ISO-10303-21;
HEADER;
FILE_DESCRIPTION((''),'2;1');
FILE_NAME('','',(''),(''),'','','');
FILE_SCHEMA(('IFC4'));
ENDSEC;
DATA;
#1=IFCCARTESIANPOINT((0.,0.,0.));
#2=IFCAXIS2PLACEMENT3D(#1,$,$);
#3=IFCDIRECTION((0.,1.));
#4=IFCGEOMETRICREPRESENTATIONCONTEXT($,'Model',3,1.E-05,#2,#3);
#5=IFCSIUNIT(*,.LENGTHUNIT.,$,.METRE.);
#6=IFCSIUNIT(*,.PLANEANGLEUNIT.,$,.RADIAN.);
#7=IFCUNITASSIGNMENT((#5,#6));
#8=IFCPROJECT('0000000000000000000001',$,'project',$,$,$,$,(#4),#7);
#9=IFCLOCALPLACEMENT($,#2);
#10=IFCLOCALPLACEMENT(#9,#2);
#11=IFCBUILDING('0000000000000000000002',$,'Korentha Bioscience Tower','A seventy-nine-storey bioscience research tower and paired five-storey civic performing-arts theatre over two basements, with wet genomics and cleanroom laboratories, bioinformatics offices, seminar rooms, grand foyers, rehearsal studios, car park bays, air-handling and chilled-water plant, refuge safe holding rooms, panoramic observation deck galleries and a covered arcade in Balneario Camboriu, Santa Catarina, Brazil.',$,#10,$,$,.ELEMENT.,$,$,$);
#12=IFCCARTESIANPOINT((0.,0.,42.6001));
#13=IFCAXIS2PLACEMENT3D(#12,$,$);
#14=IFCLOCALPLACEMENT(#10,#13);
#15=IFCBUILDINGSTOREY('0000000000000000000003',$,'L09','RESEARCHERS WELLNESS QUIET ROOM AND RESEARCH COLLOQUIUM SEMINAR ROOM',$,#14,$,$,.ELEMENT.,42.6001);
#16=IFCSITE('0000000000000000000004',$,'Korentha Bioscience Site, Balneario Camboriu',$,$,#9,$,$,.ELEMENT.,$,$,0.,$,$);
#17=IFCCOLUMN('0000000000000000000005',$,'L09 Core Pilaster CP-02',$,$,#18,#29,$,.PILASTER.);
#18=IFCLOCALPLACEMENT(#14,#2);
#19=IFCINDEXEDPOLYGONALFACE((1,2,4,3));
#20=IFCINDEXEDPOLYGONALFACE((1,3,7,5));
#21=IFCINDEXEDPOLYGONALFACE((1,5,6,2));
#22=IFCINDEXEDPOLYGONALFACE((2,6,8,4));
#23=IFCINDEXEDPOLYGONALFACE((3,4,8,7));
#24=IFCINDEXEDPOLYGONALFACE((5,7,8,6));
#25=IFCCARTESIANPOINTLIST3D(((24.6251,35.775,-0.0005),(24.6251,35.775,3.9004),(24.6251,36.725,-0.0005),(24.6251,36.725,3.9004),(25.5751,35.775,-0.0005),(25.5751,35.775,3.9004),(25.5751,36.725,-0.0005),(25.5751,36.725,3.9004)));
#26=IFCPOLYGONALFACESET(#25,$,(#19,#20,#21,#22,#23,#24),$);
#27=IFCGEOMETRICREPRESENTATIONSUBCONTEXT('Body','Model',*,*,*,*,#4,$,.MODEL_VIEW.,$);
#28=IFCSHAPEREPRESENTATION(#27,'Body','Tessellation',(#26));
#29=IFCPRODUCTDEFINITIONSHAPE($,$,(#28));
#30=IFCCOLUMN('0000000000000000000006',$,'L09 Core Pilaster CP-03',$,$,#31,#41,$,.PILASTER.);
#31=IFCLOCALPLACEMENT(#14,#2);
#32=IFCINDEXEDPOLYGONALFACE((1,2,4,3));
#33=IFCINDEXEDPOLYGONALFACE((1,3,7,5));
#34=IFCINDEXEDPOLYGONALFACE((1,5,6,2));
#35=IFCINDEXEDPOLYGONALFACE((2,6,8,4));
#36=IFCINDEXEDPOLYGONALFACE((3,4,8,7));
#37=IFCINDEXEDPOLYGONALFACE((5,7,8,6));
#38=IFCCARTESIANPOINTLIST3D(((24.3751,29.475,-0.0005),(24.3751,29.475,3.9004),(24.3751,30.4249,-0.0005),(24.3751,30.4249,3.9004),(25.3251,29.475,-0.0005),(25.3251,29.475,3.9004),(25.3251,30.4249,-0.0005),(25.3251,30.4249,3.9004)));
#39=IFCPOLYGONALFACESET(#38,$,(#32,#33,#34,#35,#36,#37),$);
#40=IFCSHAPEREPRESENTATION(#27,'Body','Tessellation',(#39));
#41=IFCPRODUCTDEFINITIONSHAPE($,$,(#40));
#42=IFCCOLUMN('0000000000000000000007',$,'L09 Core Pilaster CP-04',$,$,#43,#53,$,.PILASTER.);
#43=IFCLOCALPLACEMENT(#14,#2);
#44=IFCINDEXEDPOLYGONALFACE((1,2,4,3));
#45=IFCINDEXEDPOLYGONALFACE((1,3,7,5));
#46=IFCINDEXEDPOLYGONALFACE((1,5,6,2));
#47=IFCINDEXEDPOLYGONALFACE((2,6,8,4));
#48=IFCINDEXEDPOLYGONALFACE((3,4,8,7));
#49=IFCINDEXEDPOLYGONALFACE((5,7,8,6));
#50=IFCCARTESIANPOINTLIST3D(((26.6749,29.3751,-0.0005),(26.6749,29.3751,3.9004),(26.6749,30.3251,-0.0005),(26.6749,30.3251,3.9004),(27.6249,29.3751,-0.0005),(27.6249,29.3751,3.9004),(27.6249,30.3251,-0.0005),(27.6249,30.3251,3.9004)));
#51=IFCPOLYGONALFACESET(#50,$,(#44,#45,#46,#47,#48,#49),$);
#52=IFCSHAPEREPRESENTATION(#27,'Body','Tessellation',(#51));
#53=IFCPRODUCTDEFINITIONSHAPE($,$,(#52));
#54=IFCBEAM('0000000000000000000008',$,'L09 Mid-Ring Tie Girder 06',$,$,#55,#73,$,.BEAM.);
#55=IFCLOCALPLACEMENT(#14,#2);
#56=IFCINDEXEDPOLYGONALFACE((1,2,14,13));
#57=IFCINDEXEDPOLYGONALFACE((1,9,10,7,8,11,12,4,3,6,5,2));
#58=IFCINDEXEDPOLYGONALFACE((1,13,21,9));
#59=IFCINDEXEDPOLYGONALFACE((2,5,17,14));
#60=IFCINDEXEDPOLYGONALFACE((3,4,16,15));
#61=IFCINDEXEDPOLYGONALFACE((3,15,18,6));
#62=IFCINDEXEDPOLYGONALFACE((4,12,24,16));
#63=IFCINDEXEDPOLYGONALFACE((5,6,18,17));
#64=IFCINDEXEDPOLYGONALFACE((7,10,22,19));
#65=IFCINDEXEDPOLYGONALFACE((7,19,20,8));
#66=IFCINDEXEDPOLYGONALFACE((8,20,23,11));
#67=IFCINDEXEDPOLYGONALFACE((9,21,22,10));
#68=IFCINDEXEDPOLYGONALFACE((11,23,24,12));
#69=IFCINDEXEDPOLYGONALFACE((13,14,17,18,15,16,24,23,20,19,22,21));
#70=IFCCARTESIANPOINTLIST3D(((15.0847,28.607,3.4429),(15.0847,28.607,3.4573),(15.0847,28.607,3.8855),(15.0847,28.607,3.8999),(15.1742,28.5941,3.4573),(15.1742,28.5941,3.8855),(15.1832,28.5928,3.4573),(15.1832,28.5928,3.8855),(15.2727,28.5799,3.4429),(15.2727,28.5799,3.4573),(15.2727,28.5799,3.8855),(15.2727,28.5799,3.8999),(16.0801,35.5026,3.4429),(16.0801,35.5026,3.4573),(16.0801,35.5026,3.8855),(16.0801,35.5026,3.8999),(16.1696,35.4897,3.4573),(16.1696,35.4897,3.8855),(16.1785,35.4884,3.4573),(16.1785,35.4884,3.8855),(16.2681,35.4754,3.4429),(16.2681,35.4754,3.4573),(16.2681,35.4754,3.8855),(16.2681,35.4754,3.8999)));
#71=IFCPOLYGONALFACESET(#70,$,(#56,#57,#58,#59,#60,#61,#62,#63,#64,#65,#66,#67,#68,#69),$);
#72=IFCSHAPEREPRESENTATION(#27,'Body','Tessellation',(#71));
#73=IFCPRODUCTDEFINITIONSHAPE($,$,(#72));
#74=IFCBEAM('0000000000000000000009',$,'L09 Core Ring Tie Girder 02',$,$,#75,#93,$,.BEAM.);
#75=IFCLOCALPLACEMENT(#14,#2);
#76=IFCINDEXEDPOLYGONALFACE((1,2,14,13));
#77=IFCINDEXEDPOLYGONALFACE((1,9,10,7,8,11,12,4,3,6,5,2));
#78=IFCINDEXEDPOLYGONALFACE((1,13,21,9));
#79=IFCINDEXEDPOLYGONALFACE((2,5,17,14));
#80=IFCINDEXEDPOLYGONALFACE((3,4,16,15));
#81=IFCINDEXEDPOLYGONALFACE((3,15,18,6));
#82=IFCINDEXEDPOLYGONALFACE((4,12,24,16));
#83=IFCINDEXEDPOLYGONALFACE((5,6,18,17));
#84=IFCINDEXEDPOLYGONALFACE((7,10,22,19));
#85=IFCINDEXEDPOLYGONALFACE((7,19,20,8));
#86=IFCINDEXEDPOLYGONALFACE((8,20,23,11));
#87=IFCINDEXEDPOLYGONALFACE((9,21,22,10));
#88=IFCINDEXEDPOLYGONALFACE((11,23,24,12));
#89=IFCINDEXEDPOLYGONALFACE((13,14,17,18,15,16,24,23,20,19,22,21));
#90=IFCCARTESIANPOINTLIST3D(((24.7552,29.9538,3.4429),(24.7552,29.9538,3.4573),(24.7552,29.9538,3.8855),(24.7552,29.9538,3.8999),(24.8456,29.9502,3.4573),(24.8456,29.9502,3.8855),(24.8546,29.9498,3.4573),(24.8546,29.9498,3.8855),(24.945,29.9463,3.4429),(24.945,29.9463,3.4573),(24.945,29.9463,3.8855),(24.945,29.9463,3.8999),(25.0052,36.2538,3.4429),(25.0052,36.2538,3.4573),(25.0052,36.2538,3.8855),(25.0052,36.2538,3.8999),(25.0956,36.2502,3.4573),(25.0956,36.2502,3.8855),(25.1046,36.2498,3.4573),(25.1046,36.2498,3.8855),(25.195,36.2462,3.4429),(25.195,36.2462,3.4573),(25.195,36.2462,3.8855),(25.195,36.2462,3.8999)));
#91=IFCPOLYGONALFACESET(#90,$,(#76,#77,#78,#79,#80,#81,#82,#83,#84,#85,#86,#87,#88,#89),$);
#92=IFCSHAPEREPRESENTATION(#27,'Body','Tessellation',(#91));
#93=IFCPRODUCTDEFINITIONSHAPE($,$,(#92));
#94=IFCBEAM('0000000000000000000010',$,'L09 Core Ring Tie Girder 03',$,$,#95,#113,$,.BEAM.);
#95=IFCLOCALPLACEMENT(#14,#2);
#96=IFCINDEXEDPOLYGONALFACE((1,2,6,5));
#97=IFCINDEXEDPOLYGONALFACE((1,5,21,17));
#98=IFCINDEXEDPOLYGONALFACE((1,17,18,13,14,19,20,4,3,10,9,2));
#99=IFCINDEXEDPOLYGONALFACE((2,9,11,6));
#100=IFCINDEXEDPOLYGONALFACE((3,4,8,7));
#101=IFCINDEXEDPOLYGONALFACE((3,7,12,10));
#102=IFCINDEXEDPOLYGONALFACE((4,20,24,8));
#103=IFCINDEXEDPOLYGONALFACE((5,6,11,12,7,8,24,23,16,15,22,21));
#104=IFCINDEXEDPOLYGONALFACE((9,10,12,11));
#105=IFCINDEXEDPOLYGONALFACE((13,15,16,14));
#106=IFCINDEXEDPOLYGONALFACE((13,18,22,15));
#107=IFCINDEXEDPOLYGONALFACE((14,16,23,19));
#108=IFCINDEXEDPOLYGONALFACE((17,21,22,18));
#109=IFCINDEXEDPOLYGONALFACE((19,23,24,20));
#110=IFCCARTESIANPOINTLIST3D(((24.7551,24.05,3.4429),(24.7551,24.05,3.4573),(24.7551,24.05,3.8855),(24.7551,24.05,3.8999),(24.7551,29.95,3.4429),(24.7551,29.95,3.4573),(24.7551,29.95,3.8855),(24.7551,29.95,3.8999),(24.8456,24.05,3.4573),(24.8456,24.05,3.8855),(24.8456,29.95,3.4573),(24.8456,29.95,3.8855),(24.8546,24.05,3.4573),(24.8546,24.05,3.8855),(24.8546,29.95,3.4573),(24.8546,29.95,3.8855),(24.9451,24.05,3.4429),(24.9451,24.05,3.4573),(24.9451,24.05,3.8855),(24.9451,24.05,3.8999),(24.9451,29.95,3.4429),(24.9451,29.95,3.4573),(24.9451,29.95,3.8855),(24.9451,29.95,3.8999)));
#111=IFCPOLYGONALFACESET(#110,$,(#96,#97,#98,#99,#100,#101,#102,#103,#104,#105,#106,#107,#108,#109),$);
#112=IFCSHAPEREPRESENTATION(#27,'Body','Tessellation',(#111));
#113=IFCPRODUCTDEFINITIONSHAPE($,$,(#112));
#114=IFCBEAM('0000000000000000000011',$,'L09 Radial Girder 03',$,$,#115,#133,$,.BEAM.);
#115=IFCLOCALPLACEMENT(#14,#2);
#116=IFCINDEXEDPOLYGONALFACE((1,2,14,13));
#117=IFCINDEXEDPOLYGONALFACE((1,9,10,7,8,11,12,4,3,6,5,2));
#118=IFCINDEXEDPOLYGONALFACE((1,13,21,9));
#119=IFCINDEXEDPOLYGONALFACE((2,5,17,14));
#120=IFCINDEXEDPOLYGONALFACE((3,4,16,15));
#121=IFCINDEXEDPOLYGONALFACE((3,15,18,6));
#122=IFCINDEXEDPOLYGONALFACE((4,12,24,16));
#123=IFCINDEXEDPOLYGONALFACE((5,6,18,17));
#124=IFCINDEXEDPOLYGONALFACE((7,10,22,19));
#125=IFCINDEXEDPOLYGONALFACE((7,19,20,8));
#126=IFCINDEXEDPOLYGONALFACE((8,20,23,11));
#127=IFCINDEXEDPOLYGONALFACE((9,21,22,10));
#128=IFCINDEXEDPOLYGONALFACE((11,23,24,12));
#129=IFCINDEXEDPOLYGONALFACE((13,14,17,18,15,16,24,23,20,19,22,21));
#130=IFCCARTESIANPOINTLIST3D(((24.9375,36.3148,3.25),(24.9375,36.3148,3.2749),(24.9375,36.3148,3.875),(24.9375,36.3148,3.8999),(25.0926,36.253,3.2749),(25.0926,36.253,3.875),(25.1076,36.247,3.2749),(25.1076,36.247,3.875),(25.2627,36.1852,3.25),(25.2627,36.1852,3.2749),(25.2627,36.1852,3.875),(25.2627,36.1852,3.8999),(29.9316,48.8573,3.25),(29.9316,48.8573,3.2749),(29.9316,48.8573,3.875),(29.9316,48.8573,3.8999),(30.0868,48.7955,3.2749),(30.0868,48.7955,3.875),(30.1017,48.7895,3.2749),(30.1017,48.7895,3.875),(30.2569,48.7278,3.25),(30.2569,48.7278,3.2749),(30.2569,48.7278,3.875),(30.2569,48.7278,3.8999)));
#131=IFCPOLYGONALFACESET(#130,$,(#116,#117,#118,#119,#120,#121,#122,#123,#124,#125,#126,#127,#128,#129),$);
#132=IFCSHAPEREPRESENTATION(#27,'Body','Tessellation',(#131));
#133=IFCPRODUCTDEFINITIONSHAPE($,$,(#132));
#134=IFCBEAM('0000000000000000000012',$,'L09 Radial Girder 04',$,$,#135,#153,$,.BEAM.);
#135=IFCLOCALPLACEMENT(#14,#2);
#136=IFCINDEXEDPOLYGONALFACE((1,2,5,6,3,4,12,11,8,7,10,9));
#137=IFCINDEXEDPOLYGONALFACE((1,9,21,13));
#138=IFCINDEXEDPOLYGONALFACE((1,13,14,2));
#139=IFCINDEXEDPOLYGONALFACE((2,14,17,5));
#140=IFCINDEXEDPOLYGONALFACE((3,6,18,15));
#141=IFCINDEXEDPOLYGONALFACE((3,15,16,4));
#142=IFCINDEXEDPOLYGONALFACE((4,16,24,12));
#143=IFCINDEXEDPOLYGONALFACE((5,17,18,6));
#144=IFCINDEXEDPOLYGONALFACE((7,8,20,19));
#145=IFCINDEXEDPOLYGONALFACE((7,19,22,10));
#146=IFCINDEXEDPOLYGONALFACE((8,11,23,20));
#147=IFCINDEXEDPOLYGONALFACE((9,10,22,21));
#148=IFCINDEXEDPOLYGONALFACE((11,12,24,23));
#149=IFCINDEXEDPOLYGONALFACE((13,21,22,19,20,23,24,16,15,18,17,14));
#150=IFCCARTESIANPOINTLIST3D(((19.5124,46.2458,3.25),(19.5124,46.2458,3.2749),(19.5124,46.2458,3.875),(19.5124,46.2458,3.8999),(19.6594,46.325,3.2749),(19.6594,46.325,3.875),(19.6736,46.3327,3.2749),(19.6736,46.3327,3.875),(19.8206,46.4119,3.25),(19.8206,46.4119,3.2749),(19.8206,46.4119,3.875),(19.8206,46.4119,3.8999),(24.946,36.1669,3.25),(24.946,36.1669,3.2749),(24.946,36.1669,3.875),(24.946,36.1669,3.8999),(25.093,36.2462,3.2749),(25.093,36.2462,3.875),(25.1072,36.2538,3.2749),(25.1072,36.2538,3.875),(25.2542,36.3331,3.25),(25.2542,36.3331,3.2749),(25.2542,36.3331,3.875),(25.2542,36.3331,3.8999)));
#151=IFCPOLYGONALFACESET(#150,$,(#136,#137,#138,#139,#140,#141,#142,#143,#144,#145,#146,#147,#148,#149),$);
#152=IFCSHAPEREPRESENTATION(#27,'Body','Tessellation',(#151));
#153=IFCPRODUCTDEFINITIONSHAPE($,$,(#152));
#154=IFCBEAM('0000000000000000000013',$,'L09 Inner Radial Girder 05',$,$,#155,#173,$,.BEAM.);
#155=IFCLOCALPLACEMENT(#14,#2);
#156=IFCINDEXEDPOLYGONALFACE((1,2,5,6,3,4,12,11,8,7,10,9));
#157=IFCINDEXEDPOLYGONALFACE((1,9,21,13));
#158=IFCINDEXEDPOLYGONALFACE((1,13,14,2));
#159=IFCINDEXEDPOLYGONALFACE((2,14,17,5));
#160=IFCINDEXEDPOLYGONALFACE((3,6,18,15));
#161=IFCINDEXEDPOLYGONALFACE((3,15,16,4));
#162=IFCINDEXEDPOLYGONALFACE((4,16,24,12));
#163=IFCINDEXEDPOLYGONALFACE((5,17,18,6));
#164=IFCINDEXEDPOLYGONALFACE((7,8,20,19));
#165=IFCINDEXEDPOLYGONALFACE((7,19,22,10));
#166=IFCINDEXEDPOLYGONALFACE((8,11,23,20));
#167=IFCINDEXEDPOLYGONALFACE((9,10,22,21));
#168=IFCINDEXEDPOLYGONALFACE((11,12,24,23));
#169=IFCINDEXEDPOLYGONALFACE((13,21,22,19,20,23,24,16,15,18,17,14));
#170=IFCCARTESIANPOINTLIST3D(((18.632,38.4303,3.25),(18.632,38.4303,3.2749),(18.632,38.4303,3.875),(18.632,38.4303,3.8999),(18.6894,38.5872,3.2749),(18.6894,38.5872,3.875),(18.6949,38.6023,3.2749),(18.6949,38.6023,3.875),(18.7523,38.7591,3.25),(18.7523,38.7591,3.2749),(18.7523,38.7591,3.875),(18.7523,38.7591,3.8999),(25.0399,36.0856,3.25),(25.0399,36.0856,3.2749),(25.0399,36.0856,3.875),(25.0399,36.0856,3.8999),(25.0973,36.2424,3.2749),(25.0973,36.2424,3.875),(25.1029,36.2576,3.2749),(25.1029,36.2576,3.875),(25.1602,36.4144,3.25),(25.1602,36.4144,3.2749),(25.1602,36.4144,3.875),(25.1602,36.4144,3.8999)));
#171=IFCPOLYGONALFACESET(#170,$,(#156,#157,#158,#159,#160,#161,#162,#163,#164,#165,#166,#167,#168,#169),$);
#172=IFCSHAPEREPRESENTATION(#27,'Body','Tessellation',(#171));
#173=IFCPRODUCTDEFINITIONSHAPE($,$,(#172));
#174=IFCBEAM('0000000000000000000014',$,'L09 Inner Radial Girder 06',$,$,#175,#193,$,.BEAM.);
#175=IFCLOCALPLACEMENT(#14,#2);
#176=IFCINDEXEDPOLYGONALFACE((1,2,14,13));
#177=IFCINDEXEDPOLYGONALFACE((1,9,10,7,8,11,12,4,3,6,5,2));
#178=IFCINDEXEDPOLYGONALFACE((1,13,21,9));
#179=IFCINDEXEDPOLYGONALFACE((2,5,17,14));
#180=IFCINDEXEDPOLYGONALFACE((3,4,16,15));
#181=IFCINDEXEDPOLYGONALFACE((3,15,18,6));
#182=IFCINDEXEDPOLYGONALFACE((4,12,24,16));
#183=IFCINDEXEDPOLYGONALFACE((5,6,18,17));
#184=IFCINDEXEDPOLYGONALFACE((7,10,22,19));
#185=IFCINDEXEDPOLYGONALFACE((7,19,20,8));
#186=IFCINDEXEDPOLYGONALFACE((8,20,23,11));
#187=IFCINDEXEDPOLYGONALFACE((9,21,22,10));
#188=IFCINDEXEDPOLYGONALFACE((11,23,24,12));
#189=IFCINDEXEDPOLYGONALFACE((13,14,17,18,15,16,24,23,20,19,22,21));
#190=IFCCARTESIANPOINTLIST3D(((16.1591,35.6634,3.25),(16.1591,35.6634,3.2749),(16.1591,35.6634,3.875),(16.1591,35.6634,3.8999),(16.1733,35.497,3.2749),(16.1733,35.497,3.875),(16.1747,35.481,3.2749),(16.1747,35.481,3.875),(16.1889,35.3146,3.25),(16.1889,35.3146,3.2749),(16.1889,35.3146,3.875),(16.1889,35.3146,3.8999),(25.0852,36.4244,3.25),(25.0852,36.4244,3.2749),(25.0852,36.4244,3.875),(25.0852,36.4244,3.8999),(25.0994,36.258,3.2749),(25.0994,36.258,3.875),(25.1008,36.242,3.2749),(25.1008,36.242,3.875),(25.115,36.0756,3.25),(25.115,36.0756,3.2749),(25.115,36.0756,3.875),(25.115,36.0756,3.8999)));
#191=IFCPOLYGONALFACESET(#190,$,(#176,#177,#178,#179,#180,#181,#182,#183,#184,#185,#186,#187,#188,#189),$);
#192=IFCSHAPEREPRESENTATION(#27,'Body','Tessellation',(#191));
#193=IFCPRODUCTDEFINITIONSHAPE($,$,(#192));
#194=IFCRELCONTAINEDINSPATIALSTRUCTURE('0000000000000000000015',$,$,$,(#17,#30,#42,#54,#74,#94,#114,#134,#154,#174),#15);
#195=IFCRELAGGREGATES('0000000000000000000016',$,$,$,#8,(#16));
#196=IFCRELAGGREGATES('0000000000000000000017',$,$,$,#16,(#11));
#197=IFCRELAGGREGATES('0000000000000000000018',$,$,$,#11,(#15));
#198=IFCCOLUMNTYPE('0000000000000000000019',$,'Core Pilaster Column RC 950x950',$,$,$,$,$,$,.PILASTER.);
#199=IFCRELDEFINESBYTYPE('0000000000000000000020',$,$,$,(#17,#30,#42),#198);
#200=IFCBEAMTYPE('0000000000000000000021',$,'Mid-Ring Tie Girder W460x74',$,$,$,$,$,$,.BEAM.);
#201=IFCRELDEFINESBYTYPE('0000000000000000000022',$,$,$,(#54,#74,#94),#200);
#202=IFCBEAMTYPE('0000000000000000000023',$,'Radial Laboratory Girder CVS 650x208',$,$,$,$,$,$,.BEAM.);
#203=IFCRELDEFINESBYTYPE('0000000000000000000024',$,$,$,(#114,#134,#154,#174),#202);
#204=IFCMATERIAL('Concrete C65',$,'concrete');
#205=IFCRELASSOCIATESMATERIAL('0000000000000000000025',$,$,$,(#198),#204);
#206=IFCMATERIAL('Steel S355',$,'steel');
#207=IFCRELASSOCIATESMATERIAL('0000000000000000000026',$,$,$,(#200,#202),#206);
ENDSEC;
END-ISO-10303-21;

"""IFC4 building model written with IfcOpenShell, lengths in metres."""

from ifc_helpers import new_model, si_unit, direction, frame, origin, origin_2d, place, context, subcontext, project, spatial, rectangle, i_section, extrude, material, material_profile, profile_set, type_object, element, save


model = new_model("IFC4")

# Units and contexts
model_context = context("Model", 3, precision=1e-05, world=origin(), true_north=direction((0.0, 1.0)))
body_context = subcontext(model_context, "Body", "Model", "MODEL_VIEW")
ifc_project = project(units=[si_unit("LENGTHUNIT", "METRE"), si_unit("PLANEANGLEUNIT", "RADIAN")], contexts=[model_context])

# Site, building, storey
site_placement = place(None, origin())
site = spatial("IfcSite", under=ifc_project, at=site_placement, Name="Korentha Bioscience Site, Balneario Camboriu", CompositionType="ELEMENT", RefElevation=0.0)
building_placement = place(site_placement, origin())
building = spatial("IfcBuilding", under=site, at=building_placement, Name="Korentha Bioscience Tower", Description="A seventy-nine-storey bioscience research tower and paired five-storey civic performing-arts theatre over two basements, with wet genomics and cleanroom laboratories, bioinformatics offices, seminar rooms, grand foyers, rehearsal studios, car park bays, air-handling and chilled-water plant, refuge safe holding rooms, panoramic observation deck galleries and a covered arcade in Balneario Camboriu, Santa Catarina, Brazil.", CompositionType="ELEMENT")
storey_placement = place(building_placement, frame((0.0, 0.0, 42.6001)))
storey = spatial("IfcBuildingStorey", under=building, at=storey_placement, Name="L09", Description="RESEARCHERS WELLNESS QUIET ROOM AND RESEARCH COLLOQUIUM SEMINAR ROOM", CompositionType="ELEMENT", Elevation=42.6001)

# Columns
ifc_material_1 = material(Name="Concrete C65", Category="concrete")
ifc_material_profile_1 = material_profile(ifc_material_1, rectangle(XDim=0.95, YDim=0.95, at=origin_2d()), Name="Concrete C65")
ifc_profile_set_1 = profile_set([ifc_material_profile_1], Name="Concrete C65 (COL-CP09)")
column_type = type_object("IfcColumnType", Name="Core Pilaster Column RC 950x950", PredefinedType="PILASTER", material=ifc_profile_set_1)
for number, where, z_axis, x_axis, name in (
    (1, (25.1001, 36.25, -0.0005), (0.0, 0.0, 1.0), (1.0, 0.0, 0.0), "L09 Core Pilaster CP-02"),
    (2, (24.8501, 29.95, -0.0005), (0.0, 0.0, 1.0), (1.0, 0.0, 0.0), "L09 Core Pilaster CP-03"),
    (3, (27.1499, 29.8501, -0.0005), (0.0, 0.0, 1.0), (1.0, 0.0, 0.0), "L09 Core Pilaster CP-04"),
):
    element("IfcColumn", number, at=place(storey_placement, frame(where, z_axis=z_axis, x_axis=x_axis)), inside=storey, type_object=column_type, Name=name, PredefinedType="PILASTER", context=body_context, shape_type="SweptSolid", body=[
        extrude(rectangle(XDim=0.95, YDim=0.95, at=origin_2d()), origin(), (0.0, 0.0, 1.0), 3.9009),
    ])

# Beams
ifc_material_2 = material(Name="Steel S355", Category="steel")
ifc_material_profile_2 = material_profile(ifc_material_2, i_section(OverallWidth=0.1899, OverallDepth=0.457, WebThickness=0.009, FlangeThickness=0.0144, at=origin_2d()), Name="Steel S355")
ifc_profile_set_2 = profile_set([ifc_material_profile_2], Name="Steel S355 (MB-460)")
beam_type_1 = type_object("IfcBeamType", Name="Mid-Ring Tie Girder W460x74", PredefinedType="BEAM", material=ifc_profile_set_2)
beam_1_placement = place(storey_placement, frame((16.1741, 35.489, 3.6714), z_axis=(-0.142868, -0.989742, 0.0), x_axis=(0.989742, -0.142868, 0.0)))
element("IfcBeam", 4, at=beam_1_placement, inside=storey, type_object=beam_type_1, Name="L09 Mid-Ring Tie Girder 06", PredefinedType="BEAM", context=body_context, shape_type="SweptSolid", body=[
    extrude(i_section(OverallWidth=0.1899, OverallDepth=0.457, WebThickness=0.009, FlangeThickness=0.0144, at=origin_2d()), origin(), (0.0, 0.0, 1.0), 6.967),
])
beam_2_placement = place(storey_placement, frame((25.1001, 36.25, 3.6714), z_axis=(-0.039651, -0.999214, 0.0), x_axis=(0.999214, -0.039651, 0.0)))
element("IfcBeam", 5, at=beam_2_placement, inside=storey, type_object=beam_type_1, Name="L09 Core Ring Tie Girder 02", PredefinedType="BEAM", context=body_context, shape_type="SweptSolid", body=[
    extrude(i_section(OverallWidth=0.1899, OverallDepth=0.457, WebThickness=0.009, FlangeThickness=0.0144, at=origin_2d()), origin(), (0.0, 0.0, 1.0), 6.3049),
])
beam_3_placement = place(storey_placement, frame((24.8501, 29.95, 3.6714), z_axis=(0.0, -1.0, 0.0), x_axis=(1.0, 0.0, 0.0)))
element("IfcBeam", 6, at=beam_3_placement, inside=storey, type_object=beam_type_1, Name="L09 Core Ring Tie Girder 03", PredefinedType="BEAM", context=body_context, shape_type="SweptSolid", body=[
    extrude(i_section(OverallWidth=0.1899, OverallDepth=0.457, WebThickness=0.009, FlangeThickness=0.0144, at=origin_2d()), origin(), (0.0, 0.0, 1.0), 5.8999),
])
ifc_material_profile_3 = material_profile(ifc_material_2, i_section(OverallWidth=0.3501, OverallDepth=0.6499, WebThickness=0.0161, FlangeThickness=0.0249, at=origin_2d()), Name="Steel S355")
ifc_profile_set_3 = profile_set([ifc_material_profile_3], Name="Steel S355 (RB-650)")
beam_type_2 = type_object("IfcBeamType", Name="Radial Laboratory Girder CVS 650x208", PredefinedType="BEAM", material=ifc_profile_set_3)
beam_4_placement = place(storey_placement, frame((25.1001, 36.25, 3.575), z_axis=(0.369931, 0.929059, 0.0), x_axis=(-0.929059, 0.369931, 0.0)))
element("IfcBeam", 7, at=beam_4_placement, inside=storey, type_object=beam_type_2, Name="L09 Radial Girder 03", PredefinedType="BEAM", context=body_context, shape_type="SweptSolid", body=[
    extrude(i_section(OverallWidth=0.3501, OverallDepth=0.6499, WebThickness=0.0161, FlangeThickness=0.0249, at=origin_2d()), origin(), (0.0, 0.0, 1.0), 13.5002),
])
beam_5_placement = place(storey_placement, frame((25.1001, 36.25, 3.575), z_axis=(-0.474541, 0.880233, 0.0), x_axis=(-0.880233, -0.474541, 0.0)))
element("IfcBeam", 8, at=beam_5_placement, inside=storey, type_object=beam_type_2, Name="L09 Radial Girder 04", PredefinedType="BEAM", context=body_context, shape_type="SweptSolid", body=[
    extrude(i_section(OverallWidth=0.3501, OverallDepth=0.6499, WebThickness=0.0161, FlangeThickness=0.0249, at=origin_2d()), origin(), (0.0, 0.0, 1.0), 11.4502),
])
beam_6_placement = place(storey_placement, frame((25.1001, 36.25, 3.575), z_axis=(-0.939106, 0.343627, 0.0), x_axis=(-0.343627, -0.939106, 0.0)))
element("IfcBeam", 9, at=beam_6_placement, inside=storey, type_object=beam_type_2, Name="L09 Inner Radial Girder 05", PredefinedType="BEAM", context=body_context, shape_type="SweptSolid", body=[
    extrude(i_section(OverallWidth=0.3501, OverallDepth=0.6499, WebThickness=0.0161, FlangeThickness=0.0249, at=origin_2d()), origin(), (0.0, 0.0, 1.0), 6.8235),
])
beam_7_placement = place(storey_placement, frame((25.1001, 36.25, 3.575), z_axis=(-0.996386, -0.084947, 0.0), x_axis=(0.084947, -0.996386, 0.0)))
element("IfcBeam", 10, at=beam_7_placement, inside=storey, type_object=beam_type_2, Name="L09 Inner Radial Girder 06", PredefinedType="BEAM", context=body_context, shape_type="SweptSolid", body=[
    extrude(i_section(OverallWidth=0.3501, OverallDepth=0.6499, WebThickness=0.0161, FlangeThickness=0.0249, at=origin_2d()), origin(), (0.0, 0.0, 1.0), 8.9585),
])

save(model, "model.ifc")
